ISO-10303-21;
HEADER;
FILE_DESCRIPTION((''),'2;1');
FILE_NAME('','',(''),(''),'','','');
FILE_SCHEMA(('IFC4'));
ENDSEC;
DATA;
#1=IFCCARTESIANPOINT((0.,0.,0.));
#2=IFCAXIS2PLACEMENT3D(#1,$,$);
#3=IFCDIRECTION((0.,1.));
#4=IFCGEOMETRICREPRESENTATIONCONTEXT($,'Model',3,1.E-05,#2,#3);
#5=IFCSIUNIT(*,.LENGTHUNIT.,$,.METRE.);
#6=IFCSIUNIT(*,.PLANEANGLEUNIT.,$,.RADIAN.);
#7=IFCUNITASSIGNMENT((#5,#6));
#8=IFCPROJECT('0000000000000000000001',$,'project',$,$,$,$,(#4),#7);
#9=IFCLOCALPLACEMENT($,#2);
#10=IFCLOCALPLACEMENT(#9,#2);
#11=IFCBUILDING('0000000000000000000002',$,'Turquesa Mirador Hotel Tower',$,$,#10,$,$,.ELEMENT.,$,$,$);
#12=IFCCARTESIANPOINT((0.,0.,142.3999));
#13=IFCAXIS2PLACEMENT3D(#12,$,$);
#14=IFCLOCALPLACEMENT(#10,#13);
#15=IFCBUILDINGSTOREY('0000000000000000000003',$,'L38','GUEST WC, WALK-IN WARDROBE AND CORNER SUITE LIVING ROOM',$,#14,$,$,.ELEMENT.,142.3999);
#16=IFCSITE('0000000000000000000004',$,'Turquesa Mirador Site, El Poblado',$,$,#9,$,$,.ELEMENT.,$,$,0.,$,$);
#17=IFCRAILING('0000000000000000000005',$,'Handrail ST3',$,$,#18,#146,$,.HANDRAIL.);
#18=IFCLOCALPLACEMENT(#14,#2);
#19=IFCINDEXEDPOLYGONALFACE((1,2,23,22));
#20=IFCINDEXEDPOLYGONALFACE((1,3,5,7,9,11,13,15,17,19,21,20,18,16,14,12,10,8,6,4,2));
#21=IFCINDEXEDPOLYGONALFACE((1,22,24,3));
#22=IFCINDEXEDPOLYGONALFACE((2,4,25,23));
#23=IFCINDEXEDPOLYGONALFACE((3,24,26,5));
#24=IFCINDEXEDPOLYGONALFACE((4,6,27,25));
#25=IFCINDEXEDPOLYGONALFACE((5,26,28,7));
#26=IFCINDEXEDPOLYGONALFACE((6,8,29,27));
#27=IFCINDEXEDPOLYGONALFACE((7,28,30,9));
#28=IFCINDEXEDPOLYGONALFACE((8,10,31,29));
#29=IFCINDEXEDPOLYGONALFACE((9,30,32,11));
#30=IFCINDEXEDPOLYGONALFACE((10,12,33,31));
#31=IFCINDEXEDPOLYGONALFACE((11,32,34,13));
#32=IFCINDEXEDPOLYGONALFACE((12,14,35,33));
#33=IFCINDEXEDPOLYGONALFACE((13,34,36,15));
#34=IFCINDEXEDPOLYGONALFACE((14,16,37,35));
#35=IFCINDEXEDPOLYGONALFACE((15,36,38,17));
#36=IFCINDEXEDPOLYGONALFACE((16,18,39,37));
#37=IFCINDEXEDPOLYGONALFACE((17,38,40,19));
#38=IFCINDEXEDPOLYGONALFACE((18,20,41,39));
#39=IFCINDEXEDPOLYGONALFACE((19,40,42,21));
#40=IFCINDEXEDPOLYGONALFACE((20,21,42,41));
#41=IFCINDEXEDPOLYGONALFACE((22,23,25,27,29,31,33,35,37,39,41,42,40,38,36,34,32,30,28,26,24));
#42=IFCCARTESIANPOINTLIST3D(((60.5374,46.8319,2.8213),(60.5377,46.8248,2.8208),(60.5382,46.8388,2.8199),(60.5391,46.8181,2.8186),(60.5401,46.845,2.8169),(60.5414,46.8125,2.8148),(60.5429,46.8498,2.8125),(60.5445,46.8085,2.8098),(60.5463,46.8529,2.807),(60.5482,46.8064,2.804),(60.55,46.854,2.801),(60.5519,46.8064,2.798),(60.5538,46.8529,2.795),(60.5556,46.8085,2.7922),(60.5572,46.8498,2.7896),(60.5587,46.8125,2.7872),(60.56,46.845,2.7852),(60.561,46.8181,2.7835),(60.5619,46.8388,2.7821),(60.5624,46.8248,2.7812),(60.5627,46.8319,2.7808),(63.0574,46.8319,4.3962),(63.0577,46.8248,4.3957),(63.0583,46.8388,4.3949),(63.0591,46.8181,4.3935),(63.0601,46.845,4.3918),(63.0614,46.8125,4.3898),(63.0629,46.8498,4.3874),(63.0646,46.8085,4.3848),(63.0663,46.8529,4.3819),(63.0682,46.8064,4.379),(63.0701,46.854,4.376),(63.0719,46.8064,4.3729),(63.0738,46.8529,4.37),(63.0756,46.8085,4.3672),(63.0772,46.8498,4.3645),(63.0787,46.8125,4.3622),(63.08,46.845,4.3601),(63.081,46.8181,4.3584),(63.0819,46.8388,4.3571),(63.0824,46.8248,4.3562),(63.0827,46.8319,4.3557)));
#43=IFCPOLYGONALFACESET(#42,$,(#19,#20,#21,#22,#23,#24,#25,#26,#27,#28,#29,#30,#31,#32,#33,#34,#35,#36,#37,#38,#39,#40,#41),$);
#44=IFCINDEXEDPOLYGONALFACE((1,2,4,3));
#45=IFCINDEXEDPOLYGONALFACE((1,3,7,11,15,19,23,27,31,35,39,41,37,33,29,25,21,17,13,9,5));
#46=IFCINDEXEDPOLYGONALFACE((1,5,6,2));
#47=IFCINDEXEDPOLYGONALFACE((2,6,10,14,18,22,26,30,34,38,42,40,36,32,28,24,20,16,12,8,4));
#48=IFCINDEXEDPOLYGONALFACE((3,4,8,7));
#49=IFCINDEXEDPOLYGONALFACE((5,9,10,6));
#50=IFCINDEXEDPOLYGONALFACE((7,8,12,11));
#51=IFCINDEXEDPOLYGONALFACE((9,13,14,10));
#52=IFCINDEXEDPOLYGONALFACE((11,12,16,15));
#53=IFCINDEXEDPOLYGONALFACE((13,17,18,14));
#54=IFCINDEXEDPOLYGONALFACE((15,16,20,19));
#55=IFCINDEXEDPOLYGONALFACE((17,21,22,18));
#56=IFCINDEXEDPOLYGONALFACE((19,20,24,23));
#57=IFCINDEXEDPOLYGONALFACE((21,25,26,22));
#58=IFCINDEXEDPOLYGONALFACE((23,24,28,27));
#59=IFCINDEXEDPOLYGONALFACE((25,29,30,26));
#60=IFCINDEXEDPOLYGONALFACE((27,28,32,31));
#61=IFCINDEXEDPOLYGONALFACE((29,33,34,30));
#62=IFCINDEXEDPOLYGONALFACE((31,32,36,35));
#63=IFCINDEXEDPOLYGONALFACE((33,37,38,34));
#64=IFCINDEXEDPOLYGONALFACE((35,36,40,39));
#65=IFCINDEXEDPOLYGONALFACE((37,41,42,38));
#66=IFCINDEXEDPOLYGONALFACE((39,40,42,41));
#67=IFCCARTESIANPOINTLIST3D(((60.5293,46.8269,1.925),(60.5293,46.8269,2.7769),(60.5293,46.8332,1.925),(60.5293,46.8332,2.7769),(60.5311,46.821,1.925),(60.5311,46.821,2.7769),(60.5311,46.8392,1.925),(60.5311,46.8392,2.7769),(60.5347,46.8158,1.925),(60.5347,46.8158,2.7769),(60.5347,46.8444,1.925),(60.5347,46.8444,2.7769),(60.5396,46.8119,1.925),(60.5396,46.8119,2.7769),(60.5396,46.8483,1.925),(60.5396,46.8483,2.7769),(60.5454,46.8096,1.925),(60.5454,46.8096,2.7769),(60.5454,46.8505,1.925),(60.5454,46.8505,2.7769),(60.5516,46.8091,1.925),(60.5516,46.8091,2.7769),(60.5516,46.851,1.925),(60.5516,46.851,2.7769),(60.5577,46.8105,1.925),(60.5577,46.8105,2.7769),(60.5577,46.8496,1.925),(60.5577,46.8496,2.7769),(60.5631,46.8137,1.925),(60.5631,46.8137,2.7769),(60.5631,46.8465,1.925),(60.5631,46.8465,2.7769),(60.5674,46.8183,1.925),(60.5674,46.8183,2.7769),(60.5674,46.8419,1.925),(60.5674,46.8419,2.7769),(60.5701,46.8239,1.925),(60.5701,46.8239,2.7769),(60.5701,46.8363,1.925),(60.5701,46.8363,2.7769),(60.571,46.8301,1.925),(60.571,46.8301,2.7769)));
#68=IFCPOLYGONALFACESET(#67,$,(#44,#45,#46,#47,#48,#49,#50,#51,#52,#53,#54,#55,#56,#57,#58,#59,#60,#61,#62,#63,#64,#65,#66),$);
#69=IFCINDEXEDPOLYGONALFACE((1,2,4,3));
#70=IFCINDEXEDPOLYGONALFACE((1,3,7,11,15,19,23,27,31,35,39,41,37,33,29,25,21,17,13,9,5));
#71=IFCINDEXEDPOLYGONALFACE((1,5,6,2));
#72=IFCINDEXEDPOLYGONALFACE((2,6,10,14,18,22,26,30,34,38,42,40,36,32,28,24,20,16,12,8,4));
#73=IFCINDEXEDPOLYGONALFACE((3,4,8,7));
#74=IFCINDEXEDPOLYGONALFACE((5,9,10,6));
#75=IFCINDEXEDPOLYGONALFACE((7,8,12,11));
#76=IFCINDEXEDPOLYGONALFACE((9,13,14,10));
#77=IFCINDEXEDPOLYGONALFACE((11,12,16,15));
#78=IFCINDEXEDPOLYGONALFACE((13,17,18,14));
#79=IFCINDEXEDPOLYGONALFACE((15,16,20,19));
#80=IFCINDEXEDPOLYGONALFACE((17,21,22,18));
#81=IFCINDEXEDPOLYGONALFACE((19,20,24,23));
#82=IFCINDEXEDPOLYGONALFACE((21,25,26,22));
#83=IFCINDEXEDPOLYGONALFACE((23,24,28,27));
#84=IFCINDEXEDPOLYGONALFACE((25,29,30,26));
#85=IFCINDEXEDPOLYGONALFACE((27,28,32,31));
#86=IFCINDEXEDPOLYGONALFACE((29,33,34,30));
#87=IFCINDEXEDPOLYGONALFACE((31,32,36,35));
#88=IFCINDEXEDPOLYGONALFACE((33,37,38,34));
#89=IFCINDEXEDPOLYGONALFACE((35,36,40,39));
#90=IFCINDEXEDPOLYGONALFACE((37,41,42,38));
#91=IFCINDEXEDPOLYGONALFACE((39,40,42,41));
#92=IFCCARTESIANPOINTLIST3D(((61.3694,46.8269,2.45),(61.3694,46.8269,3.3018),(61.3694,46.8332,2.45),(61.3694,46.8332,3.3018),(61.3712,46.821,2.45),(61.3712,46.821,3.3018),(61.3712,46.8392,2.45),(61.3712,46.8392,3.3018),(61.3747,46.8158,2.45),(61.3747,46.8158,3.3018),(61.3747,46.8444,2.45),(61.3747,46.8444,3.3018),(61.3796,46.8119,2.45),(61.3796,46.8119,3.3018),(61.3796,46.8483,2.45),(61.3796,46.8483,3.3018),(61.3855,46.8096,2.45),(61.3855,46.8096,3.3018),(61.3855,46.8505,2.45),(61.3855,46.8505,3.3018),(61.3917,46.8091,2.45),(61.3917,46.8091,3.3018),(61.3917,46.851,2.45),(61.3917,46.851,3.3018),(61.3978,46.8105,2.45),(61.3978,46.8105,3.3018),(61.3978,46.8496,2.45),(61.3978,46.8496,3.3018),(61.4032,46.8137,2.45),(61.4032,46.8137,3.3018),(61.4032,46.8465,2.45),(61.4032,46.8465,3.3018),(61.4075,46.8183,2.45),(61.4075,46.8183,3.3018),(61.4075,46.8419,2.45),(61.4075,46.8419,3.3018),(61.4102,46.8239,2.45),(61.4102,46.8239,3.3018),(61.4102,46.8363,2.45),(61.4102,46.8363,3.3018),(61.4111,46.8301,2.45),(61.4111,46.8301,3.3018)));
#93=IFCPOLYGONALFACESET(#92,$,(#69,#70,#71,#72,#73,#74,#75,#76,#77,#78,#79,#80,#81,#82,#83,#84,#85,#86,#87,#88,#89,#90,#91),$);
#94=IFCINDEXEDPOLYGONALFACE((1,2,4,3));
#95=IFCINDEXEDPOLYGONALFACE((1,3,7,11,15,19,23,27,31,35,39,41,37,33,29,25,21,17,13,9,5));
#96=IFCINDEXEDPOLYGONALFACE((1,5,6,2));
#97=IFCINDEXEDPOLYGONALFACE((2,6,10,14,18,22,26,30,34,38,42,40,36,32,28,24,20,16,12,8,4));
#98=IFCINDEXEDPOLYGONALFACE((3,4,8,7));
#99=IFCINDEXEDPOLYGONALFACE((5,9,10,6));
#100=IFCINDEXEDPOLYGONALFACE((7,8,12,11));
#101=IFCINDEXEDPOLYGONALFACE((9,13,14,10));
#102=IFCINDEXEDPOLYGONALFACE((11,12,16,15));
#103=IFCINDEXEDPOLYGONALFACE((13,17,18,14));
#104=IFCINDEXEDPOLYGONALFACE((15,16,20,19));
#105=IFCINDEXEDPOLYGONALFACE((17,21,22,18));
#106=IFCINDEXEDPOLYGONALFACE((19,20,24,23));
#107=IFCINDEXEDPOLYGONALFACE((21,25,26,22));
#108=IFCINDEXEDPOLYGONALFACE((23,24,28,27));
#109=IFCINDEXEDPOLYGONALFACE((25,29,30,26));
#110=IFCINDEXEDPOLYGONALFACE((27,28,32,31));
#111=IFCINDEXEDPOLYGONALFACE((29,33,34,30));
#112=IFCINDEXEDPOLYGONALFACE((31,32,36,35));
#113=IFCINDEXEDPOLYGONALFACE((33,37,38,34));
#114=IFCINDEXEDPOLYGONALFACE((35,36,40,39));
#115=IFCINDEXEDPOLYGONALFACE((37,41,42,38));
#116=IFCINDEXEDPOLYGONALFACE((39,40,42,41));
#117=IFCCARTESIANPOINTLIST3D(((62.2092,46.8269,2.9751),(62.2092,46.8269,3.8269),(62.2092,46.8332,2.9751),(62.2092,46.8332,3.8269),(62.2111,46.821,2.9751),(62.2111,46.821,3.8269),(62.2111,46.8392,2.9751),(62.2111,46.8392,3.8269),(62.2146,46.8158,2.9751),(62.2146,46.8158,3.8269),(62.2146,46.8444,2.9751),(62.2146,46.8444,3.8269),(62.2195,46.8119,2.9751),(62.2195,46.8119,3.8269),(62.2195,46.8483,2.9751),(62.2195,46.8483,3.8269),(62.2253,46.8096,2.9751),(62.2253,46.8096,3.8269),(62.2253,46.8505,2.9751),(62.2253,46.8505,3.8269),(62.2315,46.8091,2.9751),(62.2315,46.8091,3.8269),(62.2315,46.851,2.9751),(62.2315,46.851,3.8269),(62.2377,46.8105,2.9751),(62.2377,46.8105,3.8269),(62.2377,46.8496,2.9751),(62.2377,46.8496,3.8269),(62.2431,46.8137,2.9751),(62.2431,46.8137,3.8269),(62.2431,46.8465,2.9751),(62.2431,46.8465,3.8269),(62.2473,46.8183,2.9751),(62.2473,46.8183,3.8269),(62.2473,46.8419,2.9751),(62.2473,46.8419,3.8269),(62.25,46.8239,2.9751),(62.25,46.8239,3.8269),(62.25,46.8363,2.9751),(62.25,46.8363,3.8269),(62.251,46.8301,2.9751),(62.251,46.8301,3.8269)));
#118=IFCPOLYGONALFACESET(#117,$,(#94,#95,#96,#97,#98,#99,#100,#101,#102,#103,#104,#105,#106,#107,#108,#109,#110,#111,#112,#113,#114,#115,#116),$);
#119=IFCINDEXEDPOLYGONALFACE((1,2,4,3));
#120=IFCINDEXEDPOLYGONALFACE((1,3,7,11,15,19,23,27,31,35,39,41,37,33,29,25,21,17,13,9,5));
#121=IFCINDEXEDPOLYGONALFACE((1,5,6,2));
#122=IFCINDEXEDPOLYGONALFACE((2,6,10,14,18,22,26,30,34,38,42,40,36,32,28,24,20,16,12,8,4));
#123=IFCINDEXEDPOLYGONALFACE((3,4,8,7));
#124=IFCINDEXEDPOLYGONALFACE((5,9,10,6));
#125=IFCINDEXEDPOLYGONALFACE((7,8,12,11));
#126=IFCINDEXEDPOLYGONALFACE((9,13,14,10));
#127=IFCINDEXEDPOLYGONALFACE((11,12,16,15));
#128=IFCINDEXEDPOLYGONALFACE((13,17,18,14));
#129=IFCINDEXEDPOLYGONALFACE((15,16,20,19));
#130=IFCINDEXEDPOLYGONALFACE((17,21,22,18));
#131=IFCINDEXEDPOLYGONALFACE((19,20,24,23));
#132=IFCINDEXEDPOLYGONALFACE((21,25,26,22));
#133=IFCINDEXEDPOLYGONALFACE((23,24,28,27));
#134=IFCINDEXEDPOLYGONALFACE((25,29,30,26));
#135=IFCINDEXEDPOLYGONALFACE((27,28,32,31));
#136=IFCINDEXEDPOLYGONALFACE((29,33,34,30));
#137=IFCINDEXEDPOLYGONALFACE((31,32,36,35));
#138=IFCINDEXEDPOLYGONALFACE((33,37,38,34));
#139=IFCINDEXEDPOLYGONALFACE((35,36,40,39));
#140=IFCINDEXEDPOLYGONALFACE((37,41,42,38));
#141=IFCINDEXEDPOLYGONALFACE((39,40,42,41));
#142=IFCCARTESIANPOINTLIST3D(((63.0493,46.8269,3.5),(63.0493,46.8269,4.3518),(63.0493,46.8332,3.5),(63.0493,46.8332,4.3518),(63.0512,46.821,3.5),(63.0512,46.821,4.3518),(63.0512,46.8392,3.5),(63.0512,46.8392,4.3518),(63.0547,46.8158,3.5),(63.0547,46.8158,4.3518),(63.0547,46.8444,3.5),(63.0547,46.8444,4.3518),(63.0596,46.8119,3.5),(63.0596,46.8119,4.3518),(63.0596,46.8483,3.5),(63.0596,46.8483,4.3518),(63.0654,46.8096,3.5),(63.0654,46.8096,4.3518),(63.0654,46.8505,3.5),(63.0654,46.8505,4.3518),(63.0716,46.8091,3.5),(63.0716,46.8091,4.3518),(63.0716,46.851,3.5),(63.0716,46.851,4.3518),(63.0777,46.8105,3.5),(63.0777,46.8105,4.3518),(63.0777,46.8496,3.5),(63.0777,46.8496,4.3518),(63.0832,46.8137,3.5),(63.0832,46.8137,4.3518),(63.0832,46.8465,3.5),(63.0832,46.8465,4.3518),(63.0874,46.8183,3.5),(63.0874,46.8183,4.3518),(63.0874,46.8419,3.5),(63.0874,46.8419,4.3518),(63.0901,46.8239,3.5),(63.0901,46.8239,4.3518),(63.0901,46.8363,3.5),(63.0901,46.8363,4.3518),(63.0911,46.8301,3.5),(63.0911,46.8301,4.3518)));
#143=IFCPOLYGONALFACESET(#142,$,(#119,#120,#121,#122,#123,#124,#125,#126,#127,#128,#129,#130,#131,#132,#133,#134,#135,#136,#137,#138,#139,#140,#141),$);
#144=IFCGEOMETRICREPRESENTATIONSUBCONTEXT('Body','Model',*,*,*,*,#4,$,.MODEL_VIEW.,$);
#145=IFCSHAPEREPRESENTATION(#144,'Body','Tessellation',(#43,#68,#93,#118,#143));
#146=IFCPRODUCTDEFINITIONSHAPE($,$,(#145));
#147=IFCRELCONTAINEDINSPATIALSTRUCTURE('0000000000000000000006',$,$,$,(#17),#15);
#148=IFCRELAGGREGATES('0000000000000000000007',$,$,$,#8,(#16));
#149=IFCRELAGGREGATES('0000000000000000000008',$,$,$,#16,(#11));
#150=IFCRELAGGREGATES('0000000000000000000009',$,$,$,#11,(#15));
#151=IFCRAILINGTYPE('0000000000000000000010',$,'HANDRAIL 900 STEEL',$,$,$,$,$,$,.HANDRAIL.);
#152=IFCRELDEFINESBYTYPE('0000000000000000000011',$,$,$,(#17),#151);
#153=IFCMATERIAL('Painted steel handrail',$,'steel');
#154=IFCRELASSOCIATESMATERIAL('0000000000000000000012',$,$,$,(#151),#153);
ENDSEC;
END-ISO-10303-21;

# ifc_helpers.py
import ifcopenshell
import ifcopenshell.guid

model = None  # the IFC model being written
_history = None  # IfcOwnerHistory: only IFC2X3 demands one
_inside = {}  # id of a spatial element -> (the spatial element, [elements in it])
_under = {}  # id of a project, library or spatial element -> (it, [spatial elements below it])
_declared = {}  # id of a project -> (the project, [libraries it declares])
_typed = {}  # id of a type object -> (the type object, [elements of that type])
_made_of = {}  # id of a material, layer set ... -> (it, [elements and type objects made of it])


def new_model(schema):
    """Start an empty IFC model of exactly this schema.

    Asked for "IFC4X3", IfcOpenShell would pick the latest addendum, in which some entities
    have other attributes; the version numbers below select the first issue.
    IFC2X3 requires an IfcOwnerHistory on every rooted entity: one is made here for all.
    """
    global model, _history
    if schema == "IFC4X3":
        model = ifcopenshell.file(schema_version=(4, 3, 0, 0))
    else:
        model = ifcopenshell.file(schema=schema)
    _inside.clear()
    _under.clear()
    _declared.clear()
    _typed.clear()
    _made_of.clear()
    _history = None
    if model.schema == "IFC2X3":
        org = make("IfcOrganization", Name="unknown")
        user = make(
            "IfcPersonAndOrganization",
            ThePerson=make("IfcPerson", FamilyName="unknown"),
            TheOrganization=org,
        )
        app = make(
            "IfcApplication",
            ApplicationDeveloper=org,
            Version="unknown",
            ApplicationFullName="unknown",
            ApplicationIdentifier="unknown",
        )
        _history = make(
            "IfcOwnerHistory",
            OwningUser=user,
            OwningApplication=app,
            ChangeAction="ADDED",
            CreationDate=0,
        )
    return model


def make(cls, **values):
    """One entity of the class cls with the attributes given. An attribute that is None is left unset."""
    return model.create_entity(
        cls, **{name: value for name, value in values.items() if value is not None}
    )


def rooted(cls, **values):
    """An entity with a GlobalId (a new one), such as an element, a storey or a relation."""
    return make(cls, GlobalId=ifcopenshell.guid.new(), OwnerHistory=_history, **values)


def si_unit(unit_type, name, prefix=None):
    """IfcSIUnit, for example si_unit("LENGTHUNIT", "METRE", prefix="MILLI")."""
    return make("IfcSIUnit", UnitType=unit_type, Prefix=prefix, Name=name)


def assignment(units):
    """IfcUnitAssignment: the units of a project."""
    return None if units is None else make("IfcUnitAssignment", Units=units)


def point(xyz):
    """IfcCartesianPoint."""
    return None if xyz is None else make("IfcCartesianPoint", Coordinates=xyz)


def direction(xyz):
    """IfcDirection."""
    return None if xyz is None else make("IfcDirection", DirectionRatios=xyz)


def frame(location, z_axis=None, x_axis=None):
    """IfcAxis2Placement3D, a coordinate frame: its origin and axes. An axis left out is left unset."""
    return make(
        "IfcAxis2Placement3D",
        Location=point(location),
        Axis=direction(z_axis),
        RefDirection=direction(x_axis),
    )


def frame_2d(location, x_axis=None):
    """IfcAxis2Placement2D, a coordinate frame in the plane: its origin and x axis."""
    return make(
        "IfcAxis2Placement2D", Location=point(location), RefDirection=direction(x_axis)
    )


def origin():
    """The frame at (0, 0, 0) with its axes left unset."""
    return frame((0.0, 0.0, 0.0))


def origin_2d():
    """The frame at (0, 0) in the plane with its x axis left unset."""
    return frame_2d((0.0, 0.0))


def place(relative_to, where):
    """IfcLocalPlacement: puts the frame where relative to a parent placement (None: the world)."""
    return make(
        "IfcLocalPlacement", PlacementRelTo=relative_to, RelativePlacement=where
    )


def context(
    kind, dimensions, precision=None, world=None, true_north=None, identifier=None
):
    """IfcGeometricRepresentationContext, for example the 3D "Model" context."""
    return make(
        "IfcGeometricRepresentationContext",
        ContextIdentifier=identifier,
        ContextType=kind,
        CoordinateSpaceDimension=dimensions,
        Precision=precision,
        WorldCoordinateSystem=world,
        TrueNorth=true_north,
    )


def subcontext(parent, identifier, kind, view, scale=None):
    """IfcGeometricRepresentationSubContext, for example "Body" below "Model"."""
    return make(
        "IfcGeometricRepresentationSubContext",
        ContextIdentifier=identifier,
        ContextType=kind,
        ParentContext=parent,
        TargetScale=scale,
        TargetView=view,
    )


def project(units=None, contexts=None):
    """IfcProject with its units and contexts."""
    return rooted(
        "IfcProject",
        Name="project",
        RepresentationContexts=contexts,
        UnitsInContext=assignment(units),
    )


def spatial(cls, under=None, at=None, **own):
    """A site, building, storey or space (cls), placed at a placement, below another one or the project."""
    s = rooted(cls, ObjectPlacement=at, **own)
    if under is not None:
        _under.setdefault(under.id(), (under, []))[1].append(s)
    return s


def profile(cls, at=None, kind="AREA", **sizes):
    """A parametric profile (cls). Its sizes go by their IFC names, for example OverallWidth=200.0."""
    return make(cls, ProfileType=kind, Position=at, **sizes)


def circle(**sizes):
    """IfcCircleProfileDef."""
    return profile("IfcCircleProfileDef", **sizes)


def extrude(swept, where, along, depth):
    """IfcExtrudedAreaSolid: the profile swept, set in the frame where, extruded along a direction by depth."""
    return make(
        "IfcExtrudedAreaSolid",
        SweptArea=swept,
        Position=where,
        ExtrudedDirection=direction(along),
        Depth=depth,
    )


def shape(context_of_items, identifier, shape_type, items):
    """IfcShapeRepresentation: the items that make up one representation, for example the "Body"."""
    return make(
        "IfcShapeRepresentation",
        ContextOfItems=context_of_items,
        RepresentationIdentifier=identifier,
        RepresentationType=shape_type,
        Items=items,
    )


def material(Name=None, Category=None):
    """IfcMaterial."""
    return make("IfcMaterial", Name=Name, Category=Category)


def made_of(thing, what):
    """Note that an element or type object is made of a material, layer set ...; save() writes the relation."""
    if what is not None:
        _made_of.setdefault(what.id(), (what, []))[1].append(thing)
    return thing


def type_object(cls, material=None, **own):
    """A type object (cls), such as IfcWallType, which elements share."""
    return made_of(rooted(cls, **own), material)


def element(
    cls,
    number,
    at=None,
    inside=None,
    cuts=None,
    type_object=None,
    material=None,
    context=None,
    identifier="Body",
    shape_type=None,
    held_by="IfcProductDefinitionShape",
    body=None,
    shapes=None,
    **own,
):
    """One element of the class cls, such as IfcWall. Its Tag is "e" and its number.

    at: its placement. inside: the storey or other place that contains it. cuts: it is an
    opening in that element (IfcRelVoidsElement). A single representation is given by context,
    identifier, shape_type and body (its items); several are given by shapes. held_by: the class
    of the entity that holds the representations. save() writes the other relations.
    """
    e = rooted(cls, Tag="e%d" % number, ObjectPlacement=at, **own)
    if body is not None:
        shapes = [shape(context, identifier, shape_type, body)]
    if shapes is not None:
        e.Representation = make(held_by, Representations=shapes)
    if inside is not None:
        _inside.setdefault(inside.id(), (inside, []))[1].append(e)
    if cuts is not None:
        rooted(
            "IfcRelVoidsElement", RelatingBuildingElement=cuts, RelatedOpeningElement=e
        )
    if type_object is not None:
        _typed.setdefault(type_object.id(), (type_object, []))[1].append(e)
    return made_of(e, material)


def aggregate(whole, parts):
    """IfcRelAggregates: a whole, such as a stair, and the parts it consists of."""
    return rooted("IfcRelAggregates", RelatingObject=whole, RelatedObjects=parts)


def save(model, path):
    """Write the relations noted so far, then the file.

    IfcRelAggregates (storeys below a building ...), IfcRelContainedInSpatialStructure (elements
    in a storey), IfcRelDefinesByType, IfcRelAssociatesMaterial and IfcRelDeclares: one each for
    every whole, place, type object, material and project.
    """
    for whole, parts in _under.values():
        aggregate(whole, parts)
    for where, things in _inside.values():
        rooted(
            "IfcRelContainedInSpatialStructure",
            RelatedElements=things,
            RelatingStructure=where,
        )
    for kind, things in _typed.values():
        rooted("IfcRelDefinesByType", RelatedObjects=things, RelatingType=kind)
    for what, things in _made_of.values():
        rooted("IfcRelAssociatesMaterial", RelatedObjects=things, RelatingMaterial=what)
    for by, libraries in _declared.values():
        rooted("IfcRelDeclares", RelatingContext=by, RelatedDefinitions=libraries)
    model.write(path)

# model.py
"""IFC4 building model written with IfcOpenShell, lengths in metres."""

from ifc_helpers import new_model, si_unit, direction, frame, origin, origin_2d, place, context, subcontext, project, spatial, circle, extrude, material, type_object, element, save


model = new_model("IFC4")

# Units and contexts
model_context = context("Model", 3, precision=1e-05, world=origin(), true_north=direction((0.0, 1.0)))
body_context = subcontext(model_context, "Body", "Model", "MODEL_VIEW")
ifc_project = project(units=[si_unit("LENGTHUNIT", "METRE"), si_unit("PLANEANGLEUNIT", "RADIAN")], contexts=[model_context])

# Site, building, storey
site_placement = place(None, origin())
site = spatial("IfcSite", under=ifc_project, at=site_placement, Name="Turquesa Mirador Site, El Poblado", CompositionType="ELEMENT", RefElevation=0.0)
building_placement = place(site_placement, origin())
building = spatial("IfcBuilding", under=site, at=building_placement, Name="Turquesa Mirador Hotel Tower", CompositionType="ELEMENT")
storey_placement = place(building_placement, frame((0.0, 0.0, 142.3999)))
storey = spatial("IfcBuildingStorey", under=building, at=storey_placement, Name="L38", Description="GUEST WC, WALK-IN WARDROBE AND CORNER SUITE LIVING ROOM", CompositionType="ELEMENT", Elevation=142.3999)

# Railing
ifc_material_1 = material(Name="Painted steel handrail", Category="steel")
railing_type = type_object("IfcRailingType", Name="HANDRAIL 900 STEEL", PredefinedType="HANDRAIL", material=ifc_material_1)
railing_1_placement = place(storey_placement, frame((60.55, 46.8301, 1.925)))
element("IfcRailing", 1, at=railing_1_placement, inside=storey, type_object=railing_type, Name="Handrail ST3", PredefinedType="HANDRAIL", context=body_context, shape_type="SweptSolid", body=[
    extrude(circle(Radius=0.0239, at=origin_2d()), frame((0.0, 0.0, 0.876), z_axis=(0.848008, 0.0, 0.529984), x_axis=(0.0, 1.0, 0.0)), (0.0, 0.0, 1.0), 2.9717),
    extrude(circle(Radius=0.021, at=origin_2d()), origin(), (0.0, 0.0, 1.0), 0.8518),
    extrude(circle(Radius=0.021, at=origin_2d()), frame((0.8401, 0.0, 0.5249)), (0.0, 0.0, 1.0), 0.8518),
    extrude(circle(Radius=0.021, at=origin_2d()), frame((1.6799, 0.0, 1.05)), (0.0, 0.0, 1.0), 0.8518),
    extrude(circle(Radius=0.021, at=origin_2d()), frame((2.52, 0.0, 1.575)), (0.0, 0.0, 1.0), 0.8518),
])

save(model, "model.ifc")
